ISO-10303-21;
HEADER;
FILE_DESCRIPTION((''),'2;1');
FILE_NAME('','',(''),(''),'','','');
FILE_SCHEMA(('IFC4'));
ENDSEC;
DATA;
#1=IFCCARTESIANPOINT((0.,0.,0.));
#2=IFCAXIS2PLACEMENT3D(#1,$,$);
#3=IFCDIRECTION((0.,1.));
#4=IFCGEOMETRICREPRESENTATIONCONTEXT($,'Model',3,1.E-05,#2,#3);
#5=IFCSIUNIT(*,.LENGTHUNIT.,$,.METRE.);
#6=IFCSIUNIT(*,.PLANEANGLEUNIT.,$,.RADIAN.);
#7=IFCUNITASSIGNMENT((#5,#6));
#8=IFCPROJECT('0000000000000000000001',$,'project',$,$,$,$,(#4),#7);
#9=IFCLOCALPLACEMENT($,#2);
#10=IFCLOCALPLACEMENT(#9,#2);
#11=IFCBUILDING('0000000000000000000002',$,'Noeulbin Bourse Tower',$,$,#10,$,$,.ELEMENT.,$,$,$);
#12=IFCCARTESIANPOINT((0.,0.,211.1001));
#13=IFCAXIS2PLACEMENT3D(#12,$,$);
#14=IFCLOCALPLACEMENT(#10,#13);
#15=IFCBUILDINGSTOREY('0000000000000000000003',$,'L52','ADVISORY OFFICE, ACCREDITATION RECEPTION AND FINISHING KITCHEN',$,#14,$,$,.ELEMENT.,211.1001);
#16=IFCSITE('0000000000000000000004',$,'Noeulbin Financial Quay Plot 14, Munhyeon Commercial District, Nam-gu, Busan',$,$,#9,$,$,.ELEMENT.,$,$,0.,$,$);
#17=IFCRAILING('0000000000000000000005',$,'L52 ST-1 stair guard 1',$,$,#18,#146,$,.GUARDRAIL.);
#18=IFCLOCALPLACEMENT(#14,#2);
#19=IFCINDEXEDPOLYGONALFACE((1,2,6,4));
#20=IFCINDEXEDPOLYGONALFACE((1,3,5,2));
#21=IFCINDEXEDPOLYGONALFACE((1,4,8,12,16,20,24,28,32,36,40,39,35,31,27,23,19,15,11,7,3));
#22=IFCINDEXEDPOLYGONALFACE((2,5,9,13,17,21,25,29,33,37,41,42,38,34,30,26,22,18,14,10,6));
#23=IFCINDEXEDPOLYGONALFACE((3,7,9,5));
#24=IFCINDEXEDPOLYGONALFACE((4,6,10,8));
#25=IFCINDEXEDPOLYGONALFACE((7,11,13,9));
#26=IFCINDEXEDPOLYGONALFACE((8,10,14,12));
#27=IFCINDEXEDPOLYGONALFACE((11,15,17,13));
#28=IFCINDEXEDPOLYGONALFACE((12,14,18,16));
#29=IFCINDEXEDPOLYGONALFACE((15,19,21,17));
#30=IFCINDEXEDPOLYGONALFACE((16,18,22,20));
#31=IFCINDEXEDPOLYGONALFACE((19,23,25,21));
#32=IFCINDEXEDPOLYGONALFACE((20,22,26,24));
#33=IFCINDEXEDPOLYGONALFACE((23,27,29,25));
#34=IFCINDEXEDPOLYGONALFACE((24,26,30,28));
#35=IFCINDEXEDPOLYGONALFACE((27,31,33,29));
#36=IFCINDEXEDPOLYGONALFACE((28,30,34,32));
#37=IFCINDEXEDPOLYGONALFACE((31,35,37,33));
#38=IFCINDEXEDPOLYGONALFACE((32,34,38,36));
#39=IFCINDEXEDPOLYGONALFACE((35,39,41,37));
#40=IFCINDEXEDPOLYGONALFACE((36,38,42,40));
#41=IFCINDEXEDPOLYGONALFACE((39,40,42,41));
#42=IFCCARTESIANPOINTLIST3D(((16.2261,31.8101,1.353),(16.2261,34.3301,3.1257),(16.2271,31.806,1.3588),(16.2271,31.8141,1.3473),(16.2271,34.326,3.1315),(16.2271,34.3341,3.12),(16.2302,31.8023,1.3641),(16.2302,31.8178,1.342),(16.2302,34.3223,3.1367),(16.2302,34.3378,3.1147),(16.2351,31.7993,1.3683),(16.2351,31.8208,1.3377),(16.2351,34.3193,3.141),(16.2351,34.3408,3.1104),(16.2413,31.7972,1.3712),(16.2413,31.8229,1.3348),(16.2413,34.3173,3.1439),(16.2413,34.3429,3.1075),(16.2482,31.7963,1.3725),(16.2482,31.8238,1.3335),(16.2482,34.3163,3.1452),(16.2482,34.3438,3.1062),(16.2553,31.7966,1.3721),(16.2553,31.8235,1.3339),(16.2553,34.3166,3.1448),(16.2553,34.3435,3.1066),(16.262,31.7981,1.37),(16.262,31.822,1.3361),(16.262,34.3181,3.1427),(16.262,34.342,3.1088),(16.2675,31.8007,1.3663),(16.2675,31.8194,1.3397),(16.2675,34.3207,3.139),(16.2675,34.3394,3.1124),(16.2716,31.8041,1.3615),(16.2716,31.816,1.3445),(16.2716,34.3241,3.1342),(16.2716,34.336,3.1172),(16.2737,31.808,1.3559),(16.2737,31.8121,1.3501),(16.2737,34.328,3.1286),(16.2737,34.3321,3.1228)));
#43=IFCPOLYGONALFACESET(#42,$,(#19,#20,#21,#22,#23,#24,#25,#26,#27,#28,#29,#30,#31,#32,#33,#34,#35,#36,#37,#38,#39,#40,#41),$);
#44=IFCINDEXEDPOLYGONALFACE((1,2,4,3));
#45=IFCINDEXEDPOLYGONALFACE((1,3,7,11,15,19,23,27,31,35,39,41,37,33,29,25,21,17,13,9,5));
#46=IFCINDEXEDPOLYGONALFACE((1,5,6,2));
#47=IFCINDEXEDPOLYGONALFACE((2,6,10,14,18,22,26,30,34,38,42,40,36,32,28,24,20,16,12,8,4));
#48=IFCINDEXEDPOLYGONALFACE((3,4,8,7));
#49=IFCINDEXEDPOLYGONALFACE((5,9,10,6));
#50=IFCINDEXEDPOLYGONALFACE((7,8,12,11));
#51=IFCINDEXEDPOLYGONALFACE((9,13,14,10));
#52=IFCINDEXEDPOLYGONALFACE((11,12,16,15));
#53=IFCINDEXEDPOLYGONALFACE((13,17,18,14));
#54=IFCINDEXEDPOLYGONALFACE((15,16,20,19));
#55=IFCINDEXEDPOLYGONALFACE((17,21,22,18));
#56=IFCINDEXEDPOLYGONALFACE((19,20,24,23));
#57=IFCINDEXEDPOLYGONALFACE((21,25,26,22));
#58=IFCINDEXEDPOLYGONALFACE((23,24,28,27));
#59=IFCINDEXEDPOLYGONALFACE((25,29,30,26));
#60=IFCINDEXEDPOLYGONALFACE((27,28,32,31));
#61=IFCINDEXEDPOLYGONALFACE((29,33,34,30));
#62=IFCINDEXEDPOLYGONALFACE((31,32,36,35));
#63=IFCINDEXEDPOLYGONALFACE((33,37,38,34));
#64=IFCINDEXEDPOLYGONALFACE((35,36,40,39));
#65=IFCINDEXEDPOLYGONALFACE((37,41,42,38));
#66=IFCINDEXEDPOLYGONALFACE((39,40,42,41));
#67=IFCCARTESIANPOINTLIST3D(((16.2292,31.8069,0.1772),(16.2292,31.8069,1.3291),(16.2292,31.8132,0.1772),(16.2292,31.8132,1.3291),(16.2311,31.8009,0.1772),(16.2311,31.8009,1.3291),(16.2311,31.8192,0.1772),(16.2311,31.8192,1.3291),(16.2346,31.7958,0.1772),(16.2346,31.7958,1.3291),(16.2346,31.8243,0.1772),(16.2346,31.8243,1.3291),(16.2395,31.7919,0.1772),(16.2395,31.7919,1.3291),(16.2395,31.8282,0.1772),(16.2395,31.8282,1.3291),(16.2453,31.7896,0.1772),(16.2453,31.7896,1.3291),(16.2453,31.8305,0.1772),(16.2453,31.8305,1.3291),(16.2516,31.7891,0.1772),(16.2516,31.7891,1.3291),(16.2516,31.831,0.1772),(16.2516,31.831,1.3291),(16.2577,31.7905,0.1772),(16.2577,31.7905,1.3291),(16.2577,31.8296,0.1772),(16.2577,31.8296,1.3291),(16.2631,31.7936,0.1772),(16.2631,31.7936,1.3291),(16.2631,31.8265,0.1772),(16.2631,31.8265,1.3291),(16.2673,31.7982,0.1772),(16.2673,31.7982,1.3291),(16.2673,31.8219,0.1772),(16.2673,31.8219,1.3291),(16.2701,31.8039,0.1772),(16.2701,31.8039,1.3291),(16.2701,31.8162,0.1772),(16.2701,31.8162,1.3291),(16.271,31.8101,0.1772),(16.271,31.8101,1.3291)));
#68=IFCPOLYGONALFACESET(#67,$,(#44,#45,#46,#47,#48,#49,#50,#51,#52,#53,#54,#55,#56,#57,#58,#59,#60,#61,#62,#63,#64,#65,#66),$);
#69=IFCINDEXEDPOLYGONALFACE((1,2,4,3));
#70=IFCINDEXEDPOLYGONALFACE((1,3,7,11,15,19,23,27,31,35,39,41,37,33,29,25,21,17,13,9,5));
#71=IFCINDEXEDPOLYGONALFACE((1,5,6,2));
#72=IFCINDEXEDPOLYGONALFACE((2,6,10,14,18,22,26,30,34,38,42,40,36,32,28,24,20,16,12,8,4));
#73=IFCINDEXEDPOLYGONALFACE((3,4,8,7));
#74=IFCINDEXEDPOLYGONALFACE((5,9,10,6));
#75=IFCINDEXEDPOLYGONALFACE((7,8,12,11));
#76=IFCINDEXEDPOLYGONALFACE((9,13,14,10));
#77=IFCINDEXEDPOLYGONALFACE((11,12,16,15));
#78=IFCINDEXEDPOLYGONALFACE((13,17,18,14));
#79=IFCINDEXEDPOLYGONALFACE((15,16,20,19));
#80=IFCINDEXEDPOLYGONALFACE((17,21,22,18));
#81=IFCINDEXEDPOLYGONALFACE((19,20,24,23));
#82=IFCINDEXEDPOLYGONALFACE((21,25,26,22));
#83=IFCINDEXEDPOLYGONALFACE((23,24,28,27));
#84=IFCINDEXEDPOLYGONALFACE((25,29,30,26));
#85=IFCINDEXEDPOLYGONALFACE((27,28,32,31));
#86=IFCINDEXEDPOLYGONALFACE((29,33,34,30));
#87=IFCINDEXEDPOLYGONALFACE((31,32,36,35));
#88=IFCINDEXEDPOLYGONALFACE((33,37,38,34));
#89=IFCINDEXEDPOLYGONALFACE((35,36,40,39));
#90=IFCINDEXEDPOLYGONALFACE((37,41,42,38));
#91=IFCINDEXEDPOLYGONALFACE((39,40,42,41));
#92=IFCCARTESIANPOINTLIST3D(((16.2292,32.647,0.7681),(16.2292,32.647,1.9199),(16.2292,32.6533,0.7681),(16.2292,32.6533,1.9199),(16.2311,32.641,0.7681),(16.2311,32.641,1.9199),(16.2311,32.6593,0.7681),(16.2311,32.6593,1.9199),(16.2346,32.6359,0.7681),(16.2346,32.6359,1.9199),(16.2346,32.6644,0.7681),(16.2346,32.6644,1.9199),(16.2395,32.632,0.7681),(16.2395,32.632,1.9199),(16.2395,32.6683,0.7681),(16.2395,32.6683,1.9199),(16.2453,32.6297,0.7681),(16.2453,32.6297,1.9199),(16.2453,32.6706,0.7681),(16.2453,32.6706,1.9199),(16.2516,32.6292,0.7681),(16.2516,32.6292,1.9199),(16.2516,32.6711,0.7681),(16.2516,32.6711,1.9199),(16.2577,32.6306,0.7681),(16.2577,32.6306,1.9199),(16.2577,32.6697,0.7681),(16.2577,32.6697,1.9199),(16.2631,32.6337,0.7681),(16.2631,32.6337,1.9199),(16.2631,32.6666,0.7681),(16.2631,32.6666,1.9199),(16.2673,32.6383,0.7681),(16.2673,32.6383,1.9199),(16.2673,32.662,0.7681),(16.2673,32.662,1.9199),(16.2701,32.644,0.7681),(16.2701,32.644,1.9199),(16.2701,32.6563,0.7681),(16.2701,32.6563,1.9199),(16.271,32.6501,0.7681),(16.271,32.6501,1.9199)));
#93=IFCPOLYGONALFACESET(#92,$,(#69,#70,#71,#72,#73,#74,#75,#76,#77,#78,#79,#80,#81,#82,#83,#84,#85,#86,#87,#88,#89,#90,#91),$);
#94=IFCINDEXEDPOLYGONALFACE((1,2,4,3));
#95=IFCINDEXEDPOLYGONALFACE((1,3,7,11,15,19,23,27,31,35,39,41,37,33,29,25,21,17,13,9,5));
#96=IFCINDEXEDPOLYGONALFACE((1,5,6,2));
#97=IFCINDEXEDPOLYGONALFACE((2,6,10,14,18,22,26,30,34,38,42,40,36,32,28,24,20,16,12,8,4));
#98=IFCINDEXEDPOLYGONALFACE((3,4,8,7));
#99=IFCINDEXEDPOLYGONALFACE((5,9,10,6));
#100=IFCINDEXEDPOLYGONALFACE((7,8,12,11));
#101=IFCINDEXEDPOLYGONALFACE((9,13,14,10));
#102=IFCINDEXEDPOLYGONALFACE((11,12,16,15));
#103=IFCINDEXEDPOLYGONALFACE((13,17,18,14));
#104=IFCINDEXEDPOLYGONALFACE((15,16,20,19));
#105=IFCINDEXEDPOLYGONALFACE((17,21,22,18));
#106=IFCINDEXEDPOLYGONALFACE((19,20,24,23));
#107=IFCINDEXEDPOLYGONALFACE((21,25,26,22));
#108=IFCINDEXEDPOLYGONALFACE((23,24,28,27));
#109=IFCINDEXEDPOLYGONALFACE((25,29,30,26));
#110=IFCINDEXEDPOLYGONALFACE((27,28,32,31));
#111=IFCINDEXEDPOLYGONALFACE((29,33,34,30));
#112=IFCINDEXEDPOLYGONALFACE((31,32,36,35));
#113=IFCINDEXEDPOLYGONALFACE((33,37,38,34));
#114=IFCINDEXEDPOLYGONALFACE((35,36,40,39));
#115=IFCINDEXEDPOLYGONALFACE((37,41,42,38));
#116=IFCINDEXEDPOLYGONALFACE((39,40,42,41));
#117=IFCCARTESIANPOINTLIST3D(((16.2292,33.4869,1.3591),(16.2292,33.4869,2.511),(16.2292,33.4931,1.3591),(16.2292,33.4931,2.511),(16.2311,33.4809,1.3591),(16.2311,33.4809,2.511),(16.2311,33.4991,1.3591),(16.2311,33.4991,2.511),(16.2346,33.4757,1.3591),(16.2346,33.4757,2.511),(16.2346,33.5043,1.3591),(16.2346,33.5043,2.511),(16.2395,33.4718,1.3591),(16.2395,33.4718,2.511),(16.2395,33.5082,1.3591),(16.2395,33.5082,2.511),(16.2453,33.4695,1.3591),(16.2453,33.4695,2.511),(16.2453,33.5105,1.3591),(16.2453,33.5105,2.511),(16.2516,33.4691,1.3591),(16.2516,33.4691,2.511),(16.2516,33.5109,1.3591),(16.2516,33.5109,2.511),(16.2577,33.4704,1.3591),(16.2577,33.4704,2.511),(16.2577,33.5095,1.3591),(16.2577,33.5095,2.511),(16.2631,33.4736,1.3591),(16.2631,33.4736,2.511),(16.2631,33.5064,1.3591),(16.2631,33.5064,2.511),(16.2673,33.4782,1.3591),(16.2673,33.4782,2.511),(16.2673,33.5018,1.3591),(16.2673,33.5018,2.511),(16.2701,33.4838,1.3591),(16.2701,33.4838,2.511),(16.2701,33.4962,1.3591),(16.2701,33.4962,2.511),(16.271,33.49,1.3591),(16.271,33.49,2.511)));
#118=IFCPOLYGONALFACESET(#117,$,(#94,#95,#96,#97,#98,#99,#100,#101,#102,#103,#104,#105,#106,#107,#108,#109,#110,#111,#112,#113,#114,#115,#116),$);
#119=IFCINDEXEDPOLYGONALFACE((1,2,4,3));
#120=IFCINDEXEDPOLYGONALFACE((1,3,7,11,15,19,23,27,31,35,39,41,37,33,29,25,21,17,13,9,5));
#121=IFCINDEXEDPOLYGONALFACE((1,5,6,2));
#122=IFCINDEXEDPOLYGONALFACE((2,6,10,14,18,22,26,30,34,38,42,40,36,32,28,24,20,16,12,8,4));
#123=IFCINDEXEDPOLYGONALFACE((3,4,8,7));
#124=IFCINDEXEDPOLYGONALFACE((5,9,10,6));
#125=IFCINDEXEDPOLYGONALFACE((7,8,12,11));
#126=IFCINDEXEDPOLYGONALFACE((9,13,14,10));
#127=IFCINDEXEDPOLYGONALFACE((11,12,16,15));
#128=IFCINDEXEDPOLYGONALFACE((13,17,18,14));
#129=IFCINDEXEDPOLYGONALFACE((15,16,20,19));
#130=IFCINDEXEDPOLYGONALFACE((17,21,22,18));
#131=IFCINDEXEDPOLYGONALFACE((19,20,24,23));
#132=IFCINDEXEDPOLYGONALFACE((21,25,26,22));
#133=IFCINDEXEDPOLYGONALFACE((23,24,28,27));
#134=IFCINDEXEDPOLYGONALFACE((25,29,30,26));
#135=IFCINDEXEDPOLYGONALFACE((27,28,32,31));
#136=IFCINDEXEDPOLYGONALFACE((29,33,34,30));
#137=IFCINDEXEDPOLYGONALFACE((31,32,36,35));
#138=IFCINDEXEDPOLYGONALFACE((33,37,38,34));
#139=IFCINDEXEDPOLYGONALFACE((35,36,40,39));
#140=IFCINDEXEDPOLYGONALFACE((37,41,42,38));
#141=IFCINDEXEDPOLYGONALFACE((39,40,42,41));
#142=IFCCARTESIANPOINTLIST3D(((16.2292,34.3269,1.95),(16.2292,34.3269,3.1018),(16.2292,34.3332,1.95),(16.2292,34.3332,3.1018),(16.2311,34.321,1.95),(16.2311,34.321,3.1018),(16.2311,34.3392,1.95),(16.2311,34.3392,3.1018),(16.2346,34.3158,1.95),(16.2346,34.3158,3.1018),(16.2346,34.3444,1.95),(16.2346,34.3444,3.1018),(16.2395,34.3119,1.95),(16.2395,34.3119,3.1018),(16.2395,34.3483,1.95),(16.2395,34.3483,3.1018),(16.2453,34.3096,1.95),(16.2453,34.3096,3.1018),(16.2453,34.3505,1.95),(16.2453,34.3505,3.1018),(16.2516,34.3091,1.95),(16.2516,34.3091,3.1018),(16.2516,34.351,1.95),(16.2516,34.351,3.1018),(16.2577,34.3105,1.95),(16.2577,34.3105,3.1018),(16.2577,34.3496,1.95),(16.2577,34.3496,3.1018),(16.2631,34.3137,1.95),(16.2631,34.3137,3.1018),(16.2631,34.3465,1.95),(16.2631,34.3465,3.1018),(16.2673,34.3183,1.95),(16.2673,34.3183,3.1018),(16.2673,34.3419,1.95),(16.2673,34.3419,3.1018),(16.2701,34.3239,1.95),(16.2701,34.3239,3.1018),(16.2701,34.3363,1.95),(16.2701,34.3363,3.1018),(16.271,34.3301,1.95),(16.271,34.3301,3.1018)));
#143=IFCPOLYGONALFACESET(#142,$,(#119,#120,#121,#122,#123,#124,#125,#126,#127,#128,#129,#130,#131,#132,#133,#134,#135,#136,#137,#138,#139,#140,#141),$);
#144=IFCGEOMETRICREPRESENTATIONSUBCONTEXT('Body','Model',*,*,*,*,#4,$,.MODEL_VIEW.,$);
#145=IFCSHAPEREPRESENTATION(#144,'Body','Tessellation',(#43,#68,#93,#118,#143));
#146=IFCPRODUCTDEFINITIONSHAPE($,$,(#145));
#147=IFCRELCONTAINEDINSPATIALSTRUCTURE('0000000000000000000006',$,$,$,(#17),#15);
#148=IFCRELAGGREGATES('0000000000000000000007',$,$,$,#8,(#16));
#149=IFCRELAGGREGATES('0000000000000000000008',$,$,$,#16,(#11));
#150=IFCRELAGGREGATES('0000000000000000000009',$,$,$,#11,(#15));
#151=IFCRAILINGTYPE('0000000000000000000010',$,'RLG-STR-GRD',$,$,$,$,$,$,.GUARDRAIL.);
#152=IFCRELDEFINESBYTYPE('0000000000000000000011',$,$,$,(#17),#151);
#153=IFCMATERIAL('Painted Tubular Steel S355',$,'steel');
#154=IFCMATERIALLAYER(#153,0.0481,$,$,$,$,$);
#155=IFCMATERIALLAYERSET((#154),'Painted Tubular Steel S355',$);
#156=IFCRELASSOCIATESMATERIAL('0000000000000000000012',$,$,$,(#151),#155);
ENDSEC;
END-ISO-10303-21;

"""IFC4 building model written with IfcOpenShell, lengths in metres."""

from ifc_helpers import new_model, si_unit, direction, frame, origin, origin_2d, place, context, subcontext, project, spatial, circle, extrude, material, layer, layer_set, type_object, element, save


model = new_model("IFC4")

# Units and contexts
model_context = context("Model", 3, precision=1e-05, world=origin(), true_north=direction((0.0, 1.0)))
body_context = subcontext(model_context, "Body", "Model", "MODEL_VIEW")
ifc_project = project(units=[si_unit("LENGTHUNIT", "METRE"), si_unit("PLANEANGLEUNIT", "RADIAN")], contexts=[model_context])

# Site, building, storey
site_placement = place(None, origin())
site = spatial("IfcSite", under=ifc_project, at=site_placement, Name="Noeulbin Financial Quay Plot 14, Munhyeon Commercial District, Nam-gu, Busan", CompositionType="ELEMENT", RefElevation=0.0)
building_placement = place(site_placement, origin())
building = spatial("IfcBuilding", under=site, at=building_placement, Name="Noeulbin Bourse Tower", CompositionType="ELEMENT")
storey_placement = place(building_placement, frame((0.0, 0.0, 211.1001)))
storey = spatial("IfcBuildingStorey", under=building, at=storey_placement, Name="L52", Description="ADVISORY OFFICE, ACCREDITATION RECEPTION AND FINISHING KITCHEN", CompositionType="ELEMENT", Elevation=211.1001)

# Railing
ifc_material_1 = material(Name="Painted Tubular Steel S355", Category="steel")
ifc_layer_1 = layer(ifc_material_1, 0.0481)
ifc_layer_set_1 = layer_set([ifc_layer_1], Name="Painted Tubular Steel S355")
railing_type_1 = type_object("IfcRailingType", Name="RLG-STR-GRD", PredefinedType="GUARDRAIL", material=ifc_layer_set_1)
railing_1_placement = place(storey_placement, frame((16.25, 31.8101, 0.1772)))
element("IfcRailing", 1, at=railing_1_placement, inside=storey, type_object=railing_type_1, Name="L52 ST-1 stair guard 1", PredefinedType="GUARDRAIL", context=body_context, shape_type="SweptSolid", body=[
    extrude(circle(Radius=0.0239, at=origin_2d()), frame((0.0, 0.0, 1.1758), z_axis=(0.0, 0.817904, 0.575354), x_axis=(-1.0, 0.0, 0.0)), (0.0, 0.0, 1.0), 3.0811),
    extrude(circle(Radius=0.021, at=origin_2d()), origin(), (0.0, 0.0, 1.0), 1.1519),
    extrude(circle(Radius=0.021, at=origin_2d()), frame((0.0, 0.8401, 0.5908)), (0.0, 0.0, 1.0), 1.1519),
    extrude(circle(Radius=0.021, at=origin_2d()), frame((0.0, 1.6799, 1.1819)), (0.0, 0.0, 1.0), 1.1519),
    extrude(circle(Radius=0.021, at=origin_2d()), frame((0.0, 2.52, 1.7727)), (0.0, 0.0, 1.0), 1.1519),
])

save(model, "model.ifc")
